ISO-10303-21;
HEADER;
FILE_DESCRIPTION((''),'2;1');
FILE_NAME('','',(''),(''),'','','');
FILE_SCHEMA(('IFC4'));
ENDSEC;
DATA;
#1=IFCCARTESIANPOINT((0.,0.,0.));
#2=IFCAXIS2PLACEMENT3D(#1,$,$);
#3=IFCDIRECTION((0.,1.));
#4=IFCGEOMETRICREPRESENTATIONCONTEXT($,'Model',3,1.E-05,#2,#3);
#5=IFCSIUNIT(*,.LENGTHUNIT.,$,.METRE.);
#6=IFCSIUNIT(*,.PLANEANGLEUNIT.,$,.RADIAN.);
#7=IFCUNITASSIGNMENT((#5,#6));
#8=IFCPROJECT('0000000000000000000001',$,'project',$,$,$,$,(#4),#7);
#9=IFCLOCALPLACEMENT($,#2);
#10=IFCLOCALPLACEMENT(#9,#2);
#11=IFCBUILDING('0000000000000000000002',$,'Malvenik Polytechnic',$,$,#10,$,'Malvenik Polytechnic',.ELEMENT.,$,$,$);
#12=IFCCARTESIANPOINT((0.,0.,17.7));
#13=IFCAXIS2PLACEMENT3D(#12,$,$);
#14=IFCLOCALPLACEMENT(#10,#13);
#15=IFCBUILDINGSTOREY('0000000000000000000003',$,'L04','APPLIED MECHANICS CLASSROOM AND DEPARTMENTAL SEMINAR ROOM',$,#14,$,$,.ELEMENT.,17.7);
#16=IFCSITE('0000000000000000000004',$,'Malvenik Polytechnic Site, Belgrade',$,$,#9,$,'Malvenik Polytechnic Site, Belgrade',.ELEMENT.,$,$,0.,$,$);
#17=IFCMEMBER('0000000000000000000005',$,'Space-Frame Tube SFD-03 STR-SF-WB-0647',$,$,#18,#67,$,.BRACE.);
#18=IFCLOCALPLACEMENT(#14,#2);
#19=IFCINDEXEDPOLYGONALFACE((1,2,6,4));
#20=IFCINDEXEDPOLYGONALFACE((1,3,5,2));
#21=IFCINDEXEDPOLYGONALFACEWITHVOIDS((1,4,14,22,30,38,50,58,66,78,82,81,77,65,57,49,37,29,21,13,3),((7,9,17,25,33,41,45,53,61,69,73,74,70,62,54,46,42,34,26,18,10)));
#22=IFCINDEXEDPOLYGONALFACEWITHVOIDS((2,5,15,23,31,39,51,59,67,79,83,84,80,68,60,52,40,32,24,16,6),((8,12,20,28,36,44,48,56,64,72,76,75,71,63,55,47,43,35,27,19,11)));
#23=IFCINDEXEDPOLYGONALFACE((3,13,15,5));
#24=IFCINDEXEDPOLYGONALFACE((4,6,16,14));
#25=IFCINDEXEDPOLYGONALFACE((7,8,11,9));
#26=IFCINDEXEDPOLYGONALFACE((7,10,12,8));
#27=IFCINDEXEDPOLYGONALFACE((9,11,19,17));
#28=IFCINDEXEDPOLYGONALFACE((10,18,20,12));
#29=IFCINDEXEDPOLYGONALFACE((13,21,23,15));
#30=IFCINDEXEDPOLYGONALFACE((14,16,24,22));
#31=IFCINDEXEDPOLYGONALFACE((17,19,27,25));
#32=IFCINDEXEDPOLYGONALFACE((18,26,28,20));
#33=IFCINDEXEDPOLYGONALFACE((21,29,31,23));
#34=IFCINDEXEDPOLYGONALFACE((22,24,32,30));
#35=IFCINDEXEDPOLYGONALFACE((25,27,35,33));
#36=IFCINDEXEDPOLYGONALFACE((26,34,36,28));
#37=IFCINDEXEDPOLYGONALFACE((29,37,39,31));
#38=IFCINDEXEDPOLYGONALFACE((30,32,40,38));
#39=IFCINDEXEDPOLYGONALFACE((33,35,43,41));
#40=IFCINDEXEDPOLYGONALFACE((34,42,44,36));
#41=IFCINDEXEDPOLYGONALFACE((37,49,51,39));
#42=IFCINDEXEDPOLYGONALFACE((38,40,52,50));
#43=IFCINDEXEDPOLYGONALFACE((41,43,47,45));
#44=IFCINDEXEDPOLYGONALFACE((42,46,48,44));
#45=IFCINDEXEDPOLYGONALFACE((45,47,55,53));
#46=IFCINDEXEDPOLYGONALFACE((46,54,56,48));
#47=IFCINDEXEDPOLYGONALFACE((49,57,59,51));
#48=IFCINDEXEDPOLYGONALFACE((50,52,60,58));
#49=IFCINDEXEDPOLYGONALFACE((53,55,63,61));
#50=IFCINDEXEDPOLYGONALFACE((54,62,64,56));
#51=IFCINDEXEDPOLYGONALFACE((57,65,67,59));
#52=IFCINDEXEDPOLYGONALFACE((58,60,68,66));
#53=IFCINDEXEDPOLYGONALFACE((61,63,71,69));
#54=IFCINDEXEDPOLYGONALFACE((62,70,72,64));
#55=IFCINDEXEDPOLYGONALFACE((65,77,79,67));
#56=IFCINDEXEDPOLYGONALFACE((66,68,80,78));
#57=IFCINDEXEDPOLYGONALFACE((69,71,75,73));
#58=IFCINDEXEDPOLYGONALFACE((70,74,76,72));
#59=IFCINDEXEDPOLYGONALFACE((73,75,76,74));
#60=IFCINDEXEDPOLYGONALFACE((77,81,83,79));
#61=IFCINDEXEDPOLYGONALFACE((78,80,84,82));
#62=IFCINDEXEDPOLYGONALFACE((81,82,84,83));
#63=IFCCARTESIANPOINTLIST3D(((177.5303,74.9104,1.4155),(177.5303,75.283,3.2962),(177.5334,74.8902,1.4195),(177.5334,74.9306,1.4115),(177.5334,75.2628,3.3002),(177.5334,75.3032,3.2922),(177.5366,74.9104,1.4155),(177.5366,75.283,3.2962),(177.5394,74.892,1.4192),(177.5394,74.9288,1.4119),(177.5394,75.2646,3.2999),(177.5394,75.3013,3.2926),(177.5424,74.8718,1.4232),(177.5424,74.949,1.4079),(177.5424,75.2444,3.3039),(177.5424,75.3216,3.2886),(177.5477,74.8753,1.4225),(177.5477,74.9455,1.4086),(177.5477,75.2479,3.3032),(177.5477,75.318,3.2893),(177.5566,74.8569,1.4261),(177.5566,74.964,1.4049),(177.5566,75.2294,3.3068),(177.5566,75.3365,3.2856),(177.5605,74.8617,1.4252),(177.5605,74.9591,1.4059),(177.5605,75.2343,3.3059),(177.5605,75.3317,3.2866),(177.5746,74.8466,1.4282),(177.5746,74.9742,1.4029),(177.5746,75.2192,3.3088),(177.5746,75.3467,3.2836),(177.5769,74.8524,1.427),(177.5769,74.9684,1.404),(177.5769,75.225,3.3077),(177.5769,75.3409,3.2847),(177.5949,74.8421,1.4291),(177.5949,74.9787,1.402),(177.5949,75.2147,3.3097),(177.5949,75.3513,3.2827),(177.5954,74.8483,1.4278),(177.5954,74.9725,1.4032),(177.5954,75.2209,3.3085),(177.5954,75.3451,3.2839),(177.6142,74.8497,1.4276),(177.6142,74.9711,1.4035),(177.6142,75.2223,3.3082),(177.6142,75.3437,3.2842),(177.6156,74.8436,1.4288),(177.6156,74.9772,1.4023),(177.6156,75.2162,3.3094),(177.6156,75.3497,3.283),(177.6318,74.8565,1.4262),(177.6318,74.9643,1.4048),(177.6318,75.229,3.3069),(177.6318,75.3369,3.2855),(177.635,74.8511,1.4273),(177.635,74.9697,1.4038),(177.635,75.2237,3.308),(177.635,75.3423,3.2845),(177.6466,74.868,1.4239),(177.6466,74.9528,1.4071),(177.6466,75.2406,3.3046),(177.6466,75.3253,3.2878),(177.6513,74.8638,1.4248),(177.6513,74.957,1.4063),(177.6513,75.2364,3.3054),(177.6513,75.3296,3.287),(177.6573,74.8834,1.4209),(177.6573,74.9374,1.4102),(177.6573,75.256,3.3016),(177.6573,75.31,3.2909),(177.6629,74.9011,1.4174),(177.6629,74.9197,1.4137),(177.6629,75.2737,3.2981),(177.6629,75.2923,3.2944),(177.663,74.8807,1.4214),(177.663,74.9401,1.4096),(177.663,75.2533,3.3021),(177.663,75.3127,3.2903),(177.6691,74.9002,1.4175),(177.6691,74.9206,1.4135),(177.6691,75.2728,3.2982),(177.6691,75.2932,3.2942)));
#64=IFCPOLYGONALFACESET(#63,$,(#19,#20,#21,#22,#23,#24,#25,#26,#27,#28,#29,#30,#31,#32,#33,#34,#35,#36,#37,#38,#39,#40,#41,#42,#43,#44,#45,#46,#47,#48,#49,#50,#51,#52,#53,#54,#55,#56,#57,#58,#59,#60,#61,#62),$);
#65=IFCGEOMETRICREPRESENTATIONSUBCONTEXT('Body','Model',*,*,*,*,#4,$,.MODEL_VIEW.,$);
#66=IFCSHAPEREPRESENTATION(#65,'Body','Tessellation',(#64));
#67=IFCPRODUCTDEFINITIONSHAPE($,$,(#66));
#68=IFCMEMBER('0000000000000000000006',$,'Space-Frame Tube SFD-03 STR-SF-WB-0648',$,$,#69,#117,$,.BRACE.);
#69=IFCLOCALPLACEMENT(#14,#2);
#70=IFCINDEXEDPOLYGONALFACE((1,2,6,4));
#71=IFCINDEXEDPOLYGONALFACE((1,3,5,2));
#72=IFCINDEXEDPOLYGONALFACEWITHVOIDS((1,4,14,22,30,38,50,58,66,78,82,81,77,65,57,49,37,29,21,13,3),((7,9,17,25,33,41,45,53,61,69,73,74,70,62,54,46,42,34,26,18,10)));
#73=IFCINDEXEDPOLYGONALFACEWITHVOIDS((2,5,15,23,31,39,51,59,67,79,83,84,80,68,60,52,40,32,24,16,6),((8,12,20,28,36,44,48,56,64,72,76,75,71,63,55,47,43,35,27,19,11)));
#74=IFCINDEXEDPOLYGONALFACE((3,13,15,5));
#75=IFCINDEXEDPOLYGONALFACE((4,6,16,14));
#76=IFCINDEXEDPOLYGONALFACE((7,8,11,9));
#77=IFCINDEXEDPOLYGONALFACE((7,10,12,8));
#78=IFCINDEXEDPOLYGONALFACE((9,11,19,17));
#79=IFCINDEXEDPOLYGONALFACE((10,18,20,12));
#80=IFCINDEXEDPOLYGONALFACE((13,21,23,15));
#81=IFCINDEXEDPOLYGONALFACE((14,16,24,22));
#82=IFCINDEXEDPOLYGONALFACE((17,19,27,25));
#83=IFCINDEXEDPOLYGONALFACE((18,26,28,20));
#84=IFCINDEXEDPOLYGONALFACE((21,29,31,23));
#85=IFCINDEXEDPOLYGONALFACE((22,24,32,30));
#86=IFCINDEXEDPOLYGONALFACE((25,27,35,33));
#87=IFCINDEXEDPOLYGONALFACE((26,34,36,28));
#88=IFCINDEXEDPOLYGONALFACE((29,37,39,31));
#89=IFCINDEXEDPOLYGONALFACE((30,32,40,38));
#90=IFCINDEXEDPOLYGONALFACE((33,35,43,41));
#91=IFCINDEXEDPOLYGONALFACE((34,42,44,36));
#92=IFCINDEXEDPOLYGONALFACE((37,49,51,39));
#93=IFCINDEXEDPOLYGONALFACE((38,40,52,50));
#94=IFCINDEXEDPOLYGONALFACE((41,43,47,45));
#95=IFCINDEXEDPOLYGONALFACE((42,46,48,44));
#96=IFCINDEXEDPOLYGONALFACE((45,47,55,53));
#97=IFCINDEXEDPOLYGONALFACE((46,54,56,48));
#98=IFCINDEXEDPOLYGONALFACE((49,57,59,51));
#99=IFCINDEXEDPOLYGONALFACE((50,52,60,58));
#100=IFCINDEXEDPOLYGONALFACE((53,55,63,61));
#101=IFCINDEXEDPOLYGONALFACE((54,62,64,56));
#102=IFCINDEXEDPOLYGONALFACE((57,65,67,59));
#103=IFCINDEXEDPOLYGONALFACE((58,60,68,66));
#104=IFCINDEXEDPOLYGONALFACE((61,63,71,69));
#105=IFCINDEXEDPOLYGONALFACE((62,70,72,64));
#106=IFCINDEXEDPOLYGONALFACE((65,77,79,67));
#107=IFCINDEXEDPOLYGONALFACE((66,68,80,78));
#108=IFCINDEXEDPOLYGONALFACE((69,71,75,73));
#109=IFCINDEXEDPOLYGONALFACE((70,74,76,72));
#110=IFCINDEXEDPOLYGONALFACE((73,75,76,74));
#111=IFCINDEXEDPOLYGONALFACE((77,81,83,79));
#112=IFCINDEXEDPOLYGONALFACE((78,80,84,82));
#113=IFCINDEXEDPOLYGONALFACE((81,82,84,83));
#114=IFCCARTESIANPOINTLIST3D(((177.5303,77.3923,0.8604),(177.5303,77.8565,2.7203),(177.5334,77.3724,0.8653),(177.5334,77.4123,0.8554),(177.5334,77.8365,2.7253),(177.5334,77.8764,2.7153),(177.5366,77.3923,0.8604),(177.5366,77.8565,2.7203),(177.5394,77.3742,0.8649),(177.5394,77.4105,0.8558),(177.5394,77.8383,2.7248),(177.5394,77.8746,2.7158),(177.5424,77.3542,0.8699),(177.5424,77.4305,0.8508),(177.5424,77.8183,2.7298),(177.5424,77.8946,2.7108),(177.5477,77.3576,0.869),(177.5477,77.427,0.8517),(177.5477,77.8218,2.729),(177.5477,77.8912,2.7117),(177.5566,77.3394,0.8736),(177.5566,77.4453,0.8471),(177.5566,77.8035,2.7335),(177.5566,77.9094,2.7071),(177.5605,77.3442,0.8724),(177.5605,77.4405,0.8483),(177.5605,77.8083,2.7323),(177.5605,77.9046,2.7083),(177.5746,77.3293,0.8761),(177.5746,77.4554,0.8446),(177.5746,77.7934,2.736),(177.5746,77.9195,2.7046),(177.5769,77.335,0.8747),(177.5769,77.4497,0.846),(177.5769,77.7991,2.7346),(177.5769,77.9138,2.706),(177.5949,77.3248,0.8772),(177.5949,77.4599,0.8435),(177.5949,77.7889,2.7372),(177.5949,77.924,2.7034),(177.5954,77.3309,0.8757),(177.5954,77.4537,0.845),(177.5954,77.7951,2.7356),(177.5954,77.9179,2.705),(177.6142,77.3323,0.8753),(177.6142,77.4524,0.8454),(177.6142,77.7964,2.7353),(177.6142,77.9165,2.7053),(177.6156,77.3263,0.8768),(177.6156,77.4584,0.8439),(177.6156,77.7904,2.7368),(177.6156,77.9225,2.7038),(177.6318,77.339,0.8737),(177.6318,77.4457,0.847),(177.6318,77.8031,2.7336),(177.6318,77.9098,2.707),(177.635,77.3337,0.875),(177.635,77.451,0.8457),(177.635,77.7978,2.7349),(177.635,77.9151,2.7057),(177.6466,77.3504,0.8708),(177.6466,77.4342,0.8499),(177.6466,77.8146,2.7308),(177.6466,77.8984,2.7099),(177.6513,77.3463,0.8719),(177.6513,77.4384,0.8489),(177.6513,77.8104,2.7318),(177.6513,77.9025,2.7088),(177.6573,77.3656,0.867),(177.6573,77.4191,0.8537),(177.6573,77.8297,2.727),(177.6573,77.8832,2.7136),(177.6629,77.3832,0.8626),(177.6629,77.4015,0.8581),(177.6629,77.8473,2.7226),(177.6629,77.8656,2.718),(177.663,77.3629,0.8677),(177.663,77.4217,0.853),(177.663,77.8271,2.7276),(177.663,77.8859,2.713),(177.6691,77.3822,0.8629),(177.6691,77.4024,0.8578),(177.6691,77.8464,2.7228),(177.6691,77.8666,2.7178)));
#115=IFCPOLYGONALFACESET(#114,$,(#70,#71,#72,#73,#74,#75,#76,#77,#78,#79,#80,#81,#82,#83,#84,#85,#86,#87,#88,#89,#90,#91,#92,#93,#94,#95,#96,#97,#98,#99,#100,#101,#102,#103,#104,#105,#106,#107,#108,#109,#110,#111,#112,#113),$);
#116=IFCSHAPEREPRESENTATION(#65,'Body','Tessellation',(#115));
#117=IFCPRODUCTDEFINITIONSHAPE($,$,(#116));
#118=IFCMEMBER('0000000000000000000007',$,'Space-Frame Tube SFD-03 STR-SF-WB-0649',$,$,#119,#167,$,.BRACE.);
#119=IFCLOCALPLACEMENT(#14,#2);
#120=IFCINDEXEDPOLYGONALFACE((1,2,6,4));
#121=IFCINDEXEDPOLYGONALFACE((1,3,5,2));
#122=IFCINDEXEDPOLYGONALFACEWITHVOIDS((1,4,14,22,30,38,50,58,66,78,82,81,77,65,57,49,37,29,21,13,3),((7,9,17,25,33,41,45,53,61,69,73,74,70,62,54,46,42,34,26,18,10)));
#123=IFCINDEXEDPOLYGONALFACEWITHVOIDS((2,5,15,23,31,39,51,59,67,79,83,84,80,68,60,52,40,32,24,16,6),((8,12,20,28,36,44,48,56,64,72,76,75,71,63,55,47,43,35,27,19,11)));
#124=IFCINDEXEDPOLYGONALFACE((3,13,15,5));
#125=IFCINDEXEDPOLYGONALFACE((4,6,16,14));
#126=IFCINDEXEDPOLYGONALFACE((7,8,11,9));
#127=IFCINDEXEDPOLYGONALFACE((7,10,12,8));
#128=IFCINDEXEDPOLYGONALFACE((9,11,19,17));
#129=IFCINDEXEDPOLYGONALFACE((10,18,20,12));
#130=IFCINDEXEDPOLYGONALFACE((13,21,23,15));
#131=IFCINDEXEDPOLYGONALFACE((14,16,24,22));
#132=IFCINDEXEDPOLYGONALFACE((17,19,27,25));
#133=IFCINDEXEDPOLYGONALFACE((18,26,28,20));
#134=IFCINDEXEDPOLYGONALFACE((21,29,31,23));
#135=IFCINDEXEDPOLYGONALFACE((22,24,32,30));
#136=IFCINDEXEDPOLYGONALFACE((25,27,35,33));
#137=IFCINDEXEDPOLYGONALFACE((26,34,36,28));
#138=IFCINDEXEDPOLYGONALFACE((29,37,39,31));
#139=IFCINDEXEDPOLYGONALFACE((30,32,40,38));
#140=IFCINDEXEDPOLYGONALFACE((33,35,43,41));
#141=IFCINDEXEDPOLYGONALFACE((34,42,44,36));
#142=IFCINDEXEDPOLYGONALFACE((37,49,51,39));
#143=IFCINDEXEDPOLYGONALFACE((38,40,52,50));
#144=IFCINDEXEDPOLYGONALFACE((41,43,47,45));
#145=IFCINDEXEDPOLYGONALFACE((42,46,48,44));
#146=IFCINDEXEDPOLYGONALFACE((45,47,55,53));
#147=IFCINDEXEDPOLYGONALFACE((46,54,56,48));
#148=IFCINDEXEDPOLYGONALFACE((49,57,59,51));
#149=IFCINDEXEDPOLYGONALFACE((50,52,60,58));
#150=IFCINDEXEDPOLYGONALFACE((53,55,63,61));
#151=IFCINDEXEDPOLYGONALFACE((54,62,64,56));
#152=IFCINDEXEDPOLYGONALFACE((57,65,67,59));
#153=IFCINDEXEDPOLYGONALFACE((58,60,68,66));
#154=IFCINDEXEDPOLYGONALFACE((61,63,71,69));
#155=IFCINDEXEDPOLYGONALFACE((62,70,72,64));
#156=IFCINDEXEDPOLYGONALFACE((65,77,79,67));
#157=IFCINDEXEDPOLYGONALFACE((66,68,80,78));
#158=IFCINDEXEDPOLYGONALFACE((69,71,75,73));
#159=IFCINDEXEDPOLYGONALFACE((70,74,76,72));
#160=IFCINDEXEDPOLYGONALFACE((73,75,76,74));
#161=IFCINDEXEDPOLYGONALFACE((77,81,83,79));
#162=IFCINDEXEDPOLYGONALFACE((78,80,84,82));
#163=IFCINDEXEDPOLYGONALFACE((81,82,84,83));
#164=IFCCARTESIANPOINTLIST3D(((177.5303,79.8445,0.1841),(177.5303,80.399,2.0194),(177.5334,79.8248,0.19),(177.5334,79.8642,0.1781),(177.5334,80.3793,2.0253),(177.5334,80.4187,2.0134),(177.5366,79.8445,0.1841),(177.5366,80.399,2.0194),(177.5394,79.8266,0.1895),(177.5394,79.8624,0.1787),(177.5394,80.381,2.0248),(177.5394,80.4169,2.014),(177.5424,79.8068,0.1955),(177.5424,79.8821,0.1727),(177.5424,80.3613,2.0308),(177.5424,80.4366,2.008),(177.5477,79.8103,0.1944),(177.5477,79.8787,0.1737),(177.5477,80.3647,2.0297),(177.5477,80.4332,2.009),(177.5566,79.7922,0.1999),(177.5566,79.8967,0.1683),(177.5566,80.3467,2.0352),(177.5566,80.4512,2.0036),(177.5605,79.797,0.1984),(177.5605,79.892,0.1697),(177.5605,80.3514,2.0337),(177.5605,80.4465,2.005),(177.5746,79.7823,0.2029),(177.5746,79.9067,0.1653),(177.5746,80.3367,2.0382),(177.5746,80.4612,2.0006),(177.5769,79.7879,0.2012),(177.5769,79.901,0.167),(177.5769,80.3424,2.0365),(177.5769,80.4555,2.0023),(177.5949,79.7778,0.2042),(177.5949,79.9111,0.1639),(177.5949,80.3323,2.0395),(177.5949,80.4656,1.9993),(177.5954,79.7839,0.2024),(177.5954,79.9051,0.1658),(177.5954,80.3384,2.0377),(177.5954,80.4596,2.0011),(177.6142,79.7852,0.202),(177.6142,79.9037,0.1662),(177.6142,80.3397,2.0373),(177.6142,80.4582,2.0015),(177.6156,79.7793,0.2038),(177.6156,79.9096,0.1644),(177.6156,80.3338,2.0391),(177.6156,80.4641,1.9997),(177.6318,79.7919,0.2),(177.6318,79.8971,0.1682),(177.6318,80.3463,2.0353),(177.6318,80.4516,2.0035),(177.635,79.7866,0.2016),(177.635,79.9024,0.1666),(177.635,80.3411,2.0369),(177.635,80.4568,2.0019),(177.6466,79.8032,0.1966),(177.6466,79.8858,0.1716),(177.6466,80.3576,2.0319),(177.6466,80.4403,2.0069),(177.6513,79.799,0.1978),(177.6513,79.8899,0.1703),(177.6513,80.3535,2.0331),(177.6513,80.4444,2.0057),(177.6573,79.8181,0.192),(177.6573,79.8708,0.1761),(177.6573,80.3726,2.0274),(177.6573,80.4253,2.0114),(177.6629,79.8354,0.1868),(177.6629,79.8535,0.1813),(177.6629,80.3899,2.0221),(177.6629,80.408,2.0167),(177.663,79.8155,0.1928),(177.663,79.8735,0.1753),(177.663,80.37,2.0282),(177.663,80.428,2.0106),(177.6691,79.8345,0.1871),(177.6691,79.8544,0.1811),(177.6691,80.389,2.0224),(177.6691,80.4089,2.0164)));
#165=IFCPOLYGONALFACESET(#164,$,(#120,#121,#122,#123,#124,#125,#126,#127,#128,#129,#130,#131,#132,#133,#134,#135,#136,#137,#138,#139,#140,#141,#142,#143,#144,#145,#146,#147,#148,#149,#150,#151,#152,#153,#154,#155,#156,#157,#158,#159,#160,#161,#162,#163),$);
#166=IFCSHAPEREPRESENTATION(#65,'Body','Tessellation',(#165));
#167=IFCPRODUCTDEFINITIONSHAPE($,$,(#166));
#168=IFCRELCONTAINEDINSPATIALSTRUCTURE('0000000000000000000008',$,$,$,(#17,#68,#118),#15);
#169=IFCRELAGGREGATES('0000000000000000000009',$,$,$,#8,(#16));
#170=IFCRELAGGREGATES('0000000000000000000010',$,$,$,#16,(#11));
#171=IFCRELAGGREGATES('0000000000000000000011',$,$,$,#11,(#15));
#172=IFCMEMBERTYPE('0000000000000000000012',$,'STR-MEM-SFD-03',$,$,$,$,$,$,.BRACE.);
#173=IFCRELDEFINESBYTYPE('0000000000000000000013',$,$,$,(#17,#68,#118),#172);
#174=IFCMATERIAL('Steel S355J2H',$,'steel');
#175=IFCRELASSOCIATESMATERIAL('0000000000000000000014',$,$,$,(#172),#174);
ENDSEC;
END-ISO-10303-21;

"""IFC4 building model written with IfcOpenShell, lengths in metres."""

from ifc_helpers import new_model, si_unit, direction, frame, origin, origin_2d, place, context, subcontext, project, spatial, hollow_circle, extrude, material, material_profile, profile_set, type_object, element, save


model = new_model("IFC4")

# Units and contexts
model_context = context("Model", 3, precision=1e-05, world=origin(), true_north=direction((0.0, 1.0)))
body_context = subcontext(model_context, "Body", "Model", "MODEL_VIEW")
ifc_project = project(units=[si_unit("LENGTHUNIT", "METRE"), si_unit("PLANEANGLEUNIT", "RADIAN")], contexts=[model_context])

# Site, building, storey
site_placement = place(None, origin())
site = spatial("IfcSite", under=ifc_project, at=site_placement, Name="Malvenik Polytechnic Site, Belgrade", LongName="Malvenik Polytechnic Site, Belgrade", CompositionType="ELEMENT", RefElevation=0.0)
building_placement = place(site_placement, origin())
building = spatial("IfcBuilding", under=site, at=building_placement, Name="Malvenik Polytechnic", LongName="Malvenik Polytechnic", CompositionType="ELEMENT")
storey_placement = place(building_placement, frame((0.0, 0.0, 17.7)))
storey = spatial("IfcBuildingStorey", under=building, at=storey_placement, Name="L04", Description="APPLIED MECHANICS CLASSROOM AND DEPARTMENTAL SEMINAR ROOM", CompositionType="ELEMENT", Elevation=17.7)

# Members
ifc_material = material(Name="Steel S355J2H", Category="steel")
ifc_material_profile_1 = material_profile(ifc_material, hollow_circle(Radius=0.0698, WallThickness=0.0063, at=origin_2d()), Name="CHS 139.7x6.3")
ifc_profile_set_1 = profile_set([ifc_material_profile_1], Name="Steel S355J2H")
member_type_1 = type_object("IfcMemberType", Name="STR-MEM-SFD-03", PredefinedType="BRACE", material=ifc_profile_set_1)
member_1_placement = place(storey_placement, frame((177.6001, 74.9104, 1.4155), z_axis=(0.0, 0.194328, 0.980937), x_axis=(-1.0, 0.0, 0.0)))
element("IfcMember", 1, at=member_1_placement, inside=storey, type_object=member_type_1, Name="Space-Frame Tube SFD-03 STR-SF-WB-0647", PredefinedType="BRACE", context=body_context, shape_type="SweptSolid", body=[
    extrude(hollow_circle(Radius=0.0698, WallThickness=0.0063, at=origin_2d()), origin(), (0.0, 0.0, 1.0), 1.9172),
])
member_2_placement = place(storey_placement, frame((177.6001, 77.3923, 0.8604), z_axis=(0.0, 0.242116, 0.970247), x_axis=(-1.0, 0.0, 0.0)))
element("IfcMember", 2, at=member_2_placement, inside=storey, type_object=member_type_1, Name="Space-Frame Tube SFD-03 STR-SF-WB-0648", PredefinedType="BRACE", context=body_context, shape_type="SweptSolid", body=[
    extrude(hollow_circle(Radius=0.0698, WallThickness=0.0063, at=origin_2d()), origin(), (0.0, 0.0, 1.0), 1.917),
])
member_3_placement = place(storey_placement, frame((177.6001, 79.8445, 0.1841), z_axis=(0.0, 0.289205, 0.957267), x_axis=(-1.0, 0.0, 0.0)))
element("IfcMember", 3, at=member_3_placement, inside=storey, type_object=member_type_1, Name="Space-Frame Tube SFD-03 STR-SF-WB-0649", PredefinedType="BRACE", context=body_context, shape_type="SweptSolid", body=[
    extrude(hollow_circle(Radius=0.0698, WallThickness=0.0063, at=origin_2d()), origin(), (0.0, 0.0, 1.0), 1.9172),
])

save(model, "model.ifc")
